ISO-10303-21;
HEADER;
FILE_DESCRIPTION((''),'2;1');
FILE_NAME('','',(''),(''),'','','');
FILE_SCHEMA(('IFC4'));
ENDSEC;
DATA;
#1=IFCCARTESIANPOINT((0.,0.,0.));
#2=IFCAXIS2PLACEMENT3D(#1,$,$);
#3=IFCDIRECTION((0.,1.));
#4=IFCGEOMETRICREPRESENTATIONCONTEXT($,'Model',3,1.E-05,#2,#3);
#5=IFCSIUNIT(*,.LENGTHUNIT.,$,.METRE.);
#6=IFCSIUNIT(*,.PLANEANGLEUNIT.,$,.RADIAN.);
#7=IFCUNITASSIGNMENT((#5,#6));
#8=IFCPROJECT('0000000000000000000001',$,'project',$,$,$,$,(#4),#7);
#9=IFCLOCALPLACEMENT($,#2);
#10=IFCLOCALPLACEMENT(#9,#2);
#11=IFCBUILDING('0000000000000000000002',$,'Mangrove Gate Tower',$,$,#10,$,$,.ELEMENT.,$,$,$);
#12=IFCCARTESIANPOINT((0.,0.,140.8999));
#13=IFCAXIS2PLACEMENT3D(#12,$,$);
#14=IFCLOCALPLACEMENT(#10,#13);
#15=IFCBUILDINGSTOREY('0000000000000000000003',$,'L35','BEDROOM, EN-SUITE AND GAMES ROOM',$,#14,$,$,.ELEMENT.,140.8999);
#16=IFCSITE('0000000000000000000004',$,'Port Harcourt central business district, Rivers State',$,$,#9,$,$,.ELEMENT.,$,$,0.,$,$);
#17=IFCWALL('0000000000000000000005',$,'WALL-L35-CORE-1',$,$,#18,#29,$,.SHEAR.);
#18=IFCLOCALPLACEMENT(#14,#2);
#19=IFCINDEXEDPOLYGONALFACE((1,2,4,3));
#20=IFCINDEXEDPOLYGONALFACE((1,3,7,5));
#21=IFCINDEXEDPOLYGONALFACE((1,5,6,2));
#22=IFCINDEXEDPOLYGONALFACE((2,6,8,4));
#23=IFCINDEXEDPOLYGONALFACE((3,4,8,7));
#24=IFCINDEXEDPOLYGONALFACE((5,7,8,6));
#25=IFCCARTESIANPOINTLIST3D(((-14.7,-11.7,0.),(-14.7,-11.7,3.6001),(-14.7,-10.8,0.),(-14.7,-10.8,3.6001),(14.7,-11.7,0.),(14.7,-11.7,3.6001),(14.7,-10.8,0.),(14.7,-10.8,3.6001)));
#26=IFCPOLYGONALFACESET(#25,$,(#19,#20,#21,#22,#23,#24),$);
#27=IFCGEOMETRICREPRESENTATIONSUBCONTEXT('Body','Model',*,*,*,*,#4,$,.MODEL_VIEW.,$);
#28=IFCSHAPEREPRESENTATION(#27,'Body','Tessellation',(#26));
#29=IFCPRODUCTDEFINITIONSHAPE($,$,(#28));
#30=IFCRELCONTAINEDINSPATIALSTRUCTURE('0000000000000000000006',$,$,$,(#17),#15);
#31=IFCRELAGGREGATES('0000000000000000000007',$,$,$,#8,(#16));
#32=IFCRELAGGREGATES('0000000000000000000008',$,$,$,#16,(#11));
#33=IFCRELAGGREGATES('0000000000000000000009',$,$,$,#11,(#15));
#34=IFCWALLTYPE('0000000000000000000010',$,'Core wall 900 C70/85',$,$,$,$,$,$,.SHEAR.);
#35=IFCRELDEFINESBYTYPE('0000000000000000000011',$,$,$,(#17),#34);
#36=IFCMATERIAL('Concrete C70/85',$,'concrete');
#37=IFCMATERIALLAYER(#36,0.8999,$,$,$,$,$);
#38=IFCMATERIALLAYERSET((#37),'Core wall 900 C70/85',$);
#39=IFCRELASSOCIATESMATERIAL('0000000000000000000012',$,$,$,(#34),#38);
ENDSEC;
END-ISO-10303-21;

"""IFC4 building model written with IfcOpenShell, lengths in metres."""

from ifc_helpers import new_model, si_unit, direction, frame, frame_2d, origin, place, context, subcontext, project, spatial, rectangle, extrude, material, layer, layer_set, type_object, element, save


model = new_model("IFC4")

# Units and contexts
model_context = context("Model", 3, precision=1e-05, world=origin(), true_north=direction((0.0, 1.0)))
body_context = subcontext(model_context, "Body", "Model", "MODEL_VIEW")
ifc_project = project(units=[si_unit("LENGTHUNIT", "METRE"), si_unit("PLANEANGLEUNIT", "RADIAN")], contexts=[model_context])

# Site, building, storey
site_placement = place(None, origin())
site = spatial("IfcSite", under=ifc_project, at=site_placement, Name="Port Harcourt central business district, Rivers State", CompositionType="ELEMENT", RefElevation=0.0)
building_placement = place(site_placement, origin())
building = spatial("IfcBuilding", under=site, at=building_placement, Name="Mangrove Gate Tower", CompositionType="ELEMENT")
storey_placement = place(building_placement, frame((0.0, 0.0, 140.8999)))
storey = spatial("IfcBuildingStorey", under=building, at=storey_placement, Name="L35", Description="BEDROOM, EN-SUITE AND GAMES ROOM", CompositionType="ELEMENT", Elevation=140.8999)

# Wall
ifc_material_1 = material(Name="Concrete C70/85", Category="concrete")
ifc_layer_1 = layer(ifc_material_1, 0.8999)
ifc_layer_set_1 = layer_set([ifc_layer_1], Name="Core wall 900 C70/85")
wall_type_1 = type_object("IfcWallType", Name="Core wall 900 C70/85", PredefinedType="SHEAR", material=ifc_layer_set_1)
wall_1_placement = place(storey_placement, frame((-14.7, -11.25, 0.0), z_axis=(0.0, 0.0, 1.0), x_axis=(1.0, 0.0, 0.0)))
element("IfcWall", 1, at=wall_1_placement, inside=storey, type_object=wall_type_1, Name="WALL-L35-CORE-1", PredefinedType="SHEAR", context=body_context, shape_type="SweptSolid", body=[
    extrude(rectangle(XDim=29.3999, YDim=0.8999, at=frame_2d((14.7, 0.0))), origin(), (0.0, 0.0, 1.0), 3.6001),
])

save(model, "model.ifc")
